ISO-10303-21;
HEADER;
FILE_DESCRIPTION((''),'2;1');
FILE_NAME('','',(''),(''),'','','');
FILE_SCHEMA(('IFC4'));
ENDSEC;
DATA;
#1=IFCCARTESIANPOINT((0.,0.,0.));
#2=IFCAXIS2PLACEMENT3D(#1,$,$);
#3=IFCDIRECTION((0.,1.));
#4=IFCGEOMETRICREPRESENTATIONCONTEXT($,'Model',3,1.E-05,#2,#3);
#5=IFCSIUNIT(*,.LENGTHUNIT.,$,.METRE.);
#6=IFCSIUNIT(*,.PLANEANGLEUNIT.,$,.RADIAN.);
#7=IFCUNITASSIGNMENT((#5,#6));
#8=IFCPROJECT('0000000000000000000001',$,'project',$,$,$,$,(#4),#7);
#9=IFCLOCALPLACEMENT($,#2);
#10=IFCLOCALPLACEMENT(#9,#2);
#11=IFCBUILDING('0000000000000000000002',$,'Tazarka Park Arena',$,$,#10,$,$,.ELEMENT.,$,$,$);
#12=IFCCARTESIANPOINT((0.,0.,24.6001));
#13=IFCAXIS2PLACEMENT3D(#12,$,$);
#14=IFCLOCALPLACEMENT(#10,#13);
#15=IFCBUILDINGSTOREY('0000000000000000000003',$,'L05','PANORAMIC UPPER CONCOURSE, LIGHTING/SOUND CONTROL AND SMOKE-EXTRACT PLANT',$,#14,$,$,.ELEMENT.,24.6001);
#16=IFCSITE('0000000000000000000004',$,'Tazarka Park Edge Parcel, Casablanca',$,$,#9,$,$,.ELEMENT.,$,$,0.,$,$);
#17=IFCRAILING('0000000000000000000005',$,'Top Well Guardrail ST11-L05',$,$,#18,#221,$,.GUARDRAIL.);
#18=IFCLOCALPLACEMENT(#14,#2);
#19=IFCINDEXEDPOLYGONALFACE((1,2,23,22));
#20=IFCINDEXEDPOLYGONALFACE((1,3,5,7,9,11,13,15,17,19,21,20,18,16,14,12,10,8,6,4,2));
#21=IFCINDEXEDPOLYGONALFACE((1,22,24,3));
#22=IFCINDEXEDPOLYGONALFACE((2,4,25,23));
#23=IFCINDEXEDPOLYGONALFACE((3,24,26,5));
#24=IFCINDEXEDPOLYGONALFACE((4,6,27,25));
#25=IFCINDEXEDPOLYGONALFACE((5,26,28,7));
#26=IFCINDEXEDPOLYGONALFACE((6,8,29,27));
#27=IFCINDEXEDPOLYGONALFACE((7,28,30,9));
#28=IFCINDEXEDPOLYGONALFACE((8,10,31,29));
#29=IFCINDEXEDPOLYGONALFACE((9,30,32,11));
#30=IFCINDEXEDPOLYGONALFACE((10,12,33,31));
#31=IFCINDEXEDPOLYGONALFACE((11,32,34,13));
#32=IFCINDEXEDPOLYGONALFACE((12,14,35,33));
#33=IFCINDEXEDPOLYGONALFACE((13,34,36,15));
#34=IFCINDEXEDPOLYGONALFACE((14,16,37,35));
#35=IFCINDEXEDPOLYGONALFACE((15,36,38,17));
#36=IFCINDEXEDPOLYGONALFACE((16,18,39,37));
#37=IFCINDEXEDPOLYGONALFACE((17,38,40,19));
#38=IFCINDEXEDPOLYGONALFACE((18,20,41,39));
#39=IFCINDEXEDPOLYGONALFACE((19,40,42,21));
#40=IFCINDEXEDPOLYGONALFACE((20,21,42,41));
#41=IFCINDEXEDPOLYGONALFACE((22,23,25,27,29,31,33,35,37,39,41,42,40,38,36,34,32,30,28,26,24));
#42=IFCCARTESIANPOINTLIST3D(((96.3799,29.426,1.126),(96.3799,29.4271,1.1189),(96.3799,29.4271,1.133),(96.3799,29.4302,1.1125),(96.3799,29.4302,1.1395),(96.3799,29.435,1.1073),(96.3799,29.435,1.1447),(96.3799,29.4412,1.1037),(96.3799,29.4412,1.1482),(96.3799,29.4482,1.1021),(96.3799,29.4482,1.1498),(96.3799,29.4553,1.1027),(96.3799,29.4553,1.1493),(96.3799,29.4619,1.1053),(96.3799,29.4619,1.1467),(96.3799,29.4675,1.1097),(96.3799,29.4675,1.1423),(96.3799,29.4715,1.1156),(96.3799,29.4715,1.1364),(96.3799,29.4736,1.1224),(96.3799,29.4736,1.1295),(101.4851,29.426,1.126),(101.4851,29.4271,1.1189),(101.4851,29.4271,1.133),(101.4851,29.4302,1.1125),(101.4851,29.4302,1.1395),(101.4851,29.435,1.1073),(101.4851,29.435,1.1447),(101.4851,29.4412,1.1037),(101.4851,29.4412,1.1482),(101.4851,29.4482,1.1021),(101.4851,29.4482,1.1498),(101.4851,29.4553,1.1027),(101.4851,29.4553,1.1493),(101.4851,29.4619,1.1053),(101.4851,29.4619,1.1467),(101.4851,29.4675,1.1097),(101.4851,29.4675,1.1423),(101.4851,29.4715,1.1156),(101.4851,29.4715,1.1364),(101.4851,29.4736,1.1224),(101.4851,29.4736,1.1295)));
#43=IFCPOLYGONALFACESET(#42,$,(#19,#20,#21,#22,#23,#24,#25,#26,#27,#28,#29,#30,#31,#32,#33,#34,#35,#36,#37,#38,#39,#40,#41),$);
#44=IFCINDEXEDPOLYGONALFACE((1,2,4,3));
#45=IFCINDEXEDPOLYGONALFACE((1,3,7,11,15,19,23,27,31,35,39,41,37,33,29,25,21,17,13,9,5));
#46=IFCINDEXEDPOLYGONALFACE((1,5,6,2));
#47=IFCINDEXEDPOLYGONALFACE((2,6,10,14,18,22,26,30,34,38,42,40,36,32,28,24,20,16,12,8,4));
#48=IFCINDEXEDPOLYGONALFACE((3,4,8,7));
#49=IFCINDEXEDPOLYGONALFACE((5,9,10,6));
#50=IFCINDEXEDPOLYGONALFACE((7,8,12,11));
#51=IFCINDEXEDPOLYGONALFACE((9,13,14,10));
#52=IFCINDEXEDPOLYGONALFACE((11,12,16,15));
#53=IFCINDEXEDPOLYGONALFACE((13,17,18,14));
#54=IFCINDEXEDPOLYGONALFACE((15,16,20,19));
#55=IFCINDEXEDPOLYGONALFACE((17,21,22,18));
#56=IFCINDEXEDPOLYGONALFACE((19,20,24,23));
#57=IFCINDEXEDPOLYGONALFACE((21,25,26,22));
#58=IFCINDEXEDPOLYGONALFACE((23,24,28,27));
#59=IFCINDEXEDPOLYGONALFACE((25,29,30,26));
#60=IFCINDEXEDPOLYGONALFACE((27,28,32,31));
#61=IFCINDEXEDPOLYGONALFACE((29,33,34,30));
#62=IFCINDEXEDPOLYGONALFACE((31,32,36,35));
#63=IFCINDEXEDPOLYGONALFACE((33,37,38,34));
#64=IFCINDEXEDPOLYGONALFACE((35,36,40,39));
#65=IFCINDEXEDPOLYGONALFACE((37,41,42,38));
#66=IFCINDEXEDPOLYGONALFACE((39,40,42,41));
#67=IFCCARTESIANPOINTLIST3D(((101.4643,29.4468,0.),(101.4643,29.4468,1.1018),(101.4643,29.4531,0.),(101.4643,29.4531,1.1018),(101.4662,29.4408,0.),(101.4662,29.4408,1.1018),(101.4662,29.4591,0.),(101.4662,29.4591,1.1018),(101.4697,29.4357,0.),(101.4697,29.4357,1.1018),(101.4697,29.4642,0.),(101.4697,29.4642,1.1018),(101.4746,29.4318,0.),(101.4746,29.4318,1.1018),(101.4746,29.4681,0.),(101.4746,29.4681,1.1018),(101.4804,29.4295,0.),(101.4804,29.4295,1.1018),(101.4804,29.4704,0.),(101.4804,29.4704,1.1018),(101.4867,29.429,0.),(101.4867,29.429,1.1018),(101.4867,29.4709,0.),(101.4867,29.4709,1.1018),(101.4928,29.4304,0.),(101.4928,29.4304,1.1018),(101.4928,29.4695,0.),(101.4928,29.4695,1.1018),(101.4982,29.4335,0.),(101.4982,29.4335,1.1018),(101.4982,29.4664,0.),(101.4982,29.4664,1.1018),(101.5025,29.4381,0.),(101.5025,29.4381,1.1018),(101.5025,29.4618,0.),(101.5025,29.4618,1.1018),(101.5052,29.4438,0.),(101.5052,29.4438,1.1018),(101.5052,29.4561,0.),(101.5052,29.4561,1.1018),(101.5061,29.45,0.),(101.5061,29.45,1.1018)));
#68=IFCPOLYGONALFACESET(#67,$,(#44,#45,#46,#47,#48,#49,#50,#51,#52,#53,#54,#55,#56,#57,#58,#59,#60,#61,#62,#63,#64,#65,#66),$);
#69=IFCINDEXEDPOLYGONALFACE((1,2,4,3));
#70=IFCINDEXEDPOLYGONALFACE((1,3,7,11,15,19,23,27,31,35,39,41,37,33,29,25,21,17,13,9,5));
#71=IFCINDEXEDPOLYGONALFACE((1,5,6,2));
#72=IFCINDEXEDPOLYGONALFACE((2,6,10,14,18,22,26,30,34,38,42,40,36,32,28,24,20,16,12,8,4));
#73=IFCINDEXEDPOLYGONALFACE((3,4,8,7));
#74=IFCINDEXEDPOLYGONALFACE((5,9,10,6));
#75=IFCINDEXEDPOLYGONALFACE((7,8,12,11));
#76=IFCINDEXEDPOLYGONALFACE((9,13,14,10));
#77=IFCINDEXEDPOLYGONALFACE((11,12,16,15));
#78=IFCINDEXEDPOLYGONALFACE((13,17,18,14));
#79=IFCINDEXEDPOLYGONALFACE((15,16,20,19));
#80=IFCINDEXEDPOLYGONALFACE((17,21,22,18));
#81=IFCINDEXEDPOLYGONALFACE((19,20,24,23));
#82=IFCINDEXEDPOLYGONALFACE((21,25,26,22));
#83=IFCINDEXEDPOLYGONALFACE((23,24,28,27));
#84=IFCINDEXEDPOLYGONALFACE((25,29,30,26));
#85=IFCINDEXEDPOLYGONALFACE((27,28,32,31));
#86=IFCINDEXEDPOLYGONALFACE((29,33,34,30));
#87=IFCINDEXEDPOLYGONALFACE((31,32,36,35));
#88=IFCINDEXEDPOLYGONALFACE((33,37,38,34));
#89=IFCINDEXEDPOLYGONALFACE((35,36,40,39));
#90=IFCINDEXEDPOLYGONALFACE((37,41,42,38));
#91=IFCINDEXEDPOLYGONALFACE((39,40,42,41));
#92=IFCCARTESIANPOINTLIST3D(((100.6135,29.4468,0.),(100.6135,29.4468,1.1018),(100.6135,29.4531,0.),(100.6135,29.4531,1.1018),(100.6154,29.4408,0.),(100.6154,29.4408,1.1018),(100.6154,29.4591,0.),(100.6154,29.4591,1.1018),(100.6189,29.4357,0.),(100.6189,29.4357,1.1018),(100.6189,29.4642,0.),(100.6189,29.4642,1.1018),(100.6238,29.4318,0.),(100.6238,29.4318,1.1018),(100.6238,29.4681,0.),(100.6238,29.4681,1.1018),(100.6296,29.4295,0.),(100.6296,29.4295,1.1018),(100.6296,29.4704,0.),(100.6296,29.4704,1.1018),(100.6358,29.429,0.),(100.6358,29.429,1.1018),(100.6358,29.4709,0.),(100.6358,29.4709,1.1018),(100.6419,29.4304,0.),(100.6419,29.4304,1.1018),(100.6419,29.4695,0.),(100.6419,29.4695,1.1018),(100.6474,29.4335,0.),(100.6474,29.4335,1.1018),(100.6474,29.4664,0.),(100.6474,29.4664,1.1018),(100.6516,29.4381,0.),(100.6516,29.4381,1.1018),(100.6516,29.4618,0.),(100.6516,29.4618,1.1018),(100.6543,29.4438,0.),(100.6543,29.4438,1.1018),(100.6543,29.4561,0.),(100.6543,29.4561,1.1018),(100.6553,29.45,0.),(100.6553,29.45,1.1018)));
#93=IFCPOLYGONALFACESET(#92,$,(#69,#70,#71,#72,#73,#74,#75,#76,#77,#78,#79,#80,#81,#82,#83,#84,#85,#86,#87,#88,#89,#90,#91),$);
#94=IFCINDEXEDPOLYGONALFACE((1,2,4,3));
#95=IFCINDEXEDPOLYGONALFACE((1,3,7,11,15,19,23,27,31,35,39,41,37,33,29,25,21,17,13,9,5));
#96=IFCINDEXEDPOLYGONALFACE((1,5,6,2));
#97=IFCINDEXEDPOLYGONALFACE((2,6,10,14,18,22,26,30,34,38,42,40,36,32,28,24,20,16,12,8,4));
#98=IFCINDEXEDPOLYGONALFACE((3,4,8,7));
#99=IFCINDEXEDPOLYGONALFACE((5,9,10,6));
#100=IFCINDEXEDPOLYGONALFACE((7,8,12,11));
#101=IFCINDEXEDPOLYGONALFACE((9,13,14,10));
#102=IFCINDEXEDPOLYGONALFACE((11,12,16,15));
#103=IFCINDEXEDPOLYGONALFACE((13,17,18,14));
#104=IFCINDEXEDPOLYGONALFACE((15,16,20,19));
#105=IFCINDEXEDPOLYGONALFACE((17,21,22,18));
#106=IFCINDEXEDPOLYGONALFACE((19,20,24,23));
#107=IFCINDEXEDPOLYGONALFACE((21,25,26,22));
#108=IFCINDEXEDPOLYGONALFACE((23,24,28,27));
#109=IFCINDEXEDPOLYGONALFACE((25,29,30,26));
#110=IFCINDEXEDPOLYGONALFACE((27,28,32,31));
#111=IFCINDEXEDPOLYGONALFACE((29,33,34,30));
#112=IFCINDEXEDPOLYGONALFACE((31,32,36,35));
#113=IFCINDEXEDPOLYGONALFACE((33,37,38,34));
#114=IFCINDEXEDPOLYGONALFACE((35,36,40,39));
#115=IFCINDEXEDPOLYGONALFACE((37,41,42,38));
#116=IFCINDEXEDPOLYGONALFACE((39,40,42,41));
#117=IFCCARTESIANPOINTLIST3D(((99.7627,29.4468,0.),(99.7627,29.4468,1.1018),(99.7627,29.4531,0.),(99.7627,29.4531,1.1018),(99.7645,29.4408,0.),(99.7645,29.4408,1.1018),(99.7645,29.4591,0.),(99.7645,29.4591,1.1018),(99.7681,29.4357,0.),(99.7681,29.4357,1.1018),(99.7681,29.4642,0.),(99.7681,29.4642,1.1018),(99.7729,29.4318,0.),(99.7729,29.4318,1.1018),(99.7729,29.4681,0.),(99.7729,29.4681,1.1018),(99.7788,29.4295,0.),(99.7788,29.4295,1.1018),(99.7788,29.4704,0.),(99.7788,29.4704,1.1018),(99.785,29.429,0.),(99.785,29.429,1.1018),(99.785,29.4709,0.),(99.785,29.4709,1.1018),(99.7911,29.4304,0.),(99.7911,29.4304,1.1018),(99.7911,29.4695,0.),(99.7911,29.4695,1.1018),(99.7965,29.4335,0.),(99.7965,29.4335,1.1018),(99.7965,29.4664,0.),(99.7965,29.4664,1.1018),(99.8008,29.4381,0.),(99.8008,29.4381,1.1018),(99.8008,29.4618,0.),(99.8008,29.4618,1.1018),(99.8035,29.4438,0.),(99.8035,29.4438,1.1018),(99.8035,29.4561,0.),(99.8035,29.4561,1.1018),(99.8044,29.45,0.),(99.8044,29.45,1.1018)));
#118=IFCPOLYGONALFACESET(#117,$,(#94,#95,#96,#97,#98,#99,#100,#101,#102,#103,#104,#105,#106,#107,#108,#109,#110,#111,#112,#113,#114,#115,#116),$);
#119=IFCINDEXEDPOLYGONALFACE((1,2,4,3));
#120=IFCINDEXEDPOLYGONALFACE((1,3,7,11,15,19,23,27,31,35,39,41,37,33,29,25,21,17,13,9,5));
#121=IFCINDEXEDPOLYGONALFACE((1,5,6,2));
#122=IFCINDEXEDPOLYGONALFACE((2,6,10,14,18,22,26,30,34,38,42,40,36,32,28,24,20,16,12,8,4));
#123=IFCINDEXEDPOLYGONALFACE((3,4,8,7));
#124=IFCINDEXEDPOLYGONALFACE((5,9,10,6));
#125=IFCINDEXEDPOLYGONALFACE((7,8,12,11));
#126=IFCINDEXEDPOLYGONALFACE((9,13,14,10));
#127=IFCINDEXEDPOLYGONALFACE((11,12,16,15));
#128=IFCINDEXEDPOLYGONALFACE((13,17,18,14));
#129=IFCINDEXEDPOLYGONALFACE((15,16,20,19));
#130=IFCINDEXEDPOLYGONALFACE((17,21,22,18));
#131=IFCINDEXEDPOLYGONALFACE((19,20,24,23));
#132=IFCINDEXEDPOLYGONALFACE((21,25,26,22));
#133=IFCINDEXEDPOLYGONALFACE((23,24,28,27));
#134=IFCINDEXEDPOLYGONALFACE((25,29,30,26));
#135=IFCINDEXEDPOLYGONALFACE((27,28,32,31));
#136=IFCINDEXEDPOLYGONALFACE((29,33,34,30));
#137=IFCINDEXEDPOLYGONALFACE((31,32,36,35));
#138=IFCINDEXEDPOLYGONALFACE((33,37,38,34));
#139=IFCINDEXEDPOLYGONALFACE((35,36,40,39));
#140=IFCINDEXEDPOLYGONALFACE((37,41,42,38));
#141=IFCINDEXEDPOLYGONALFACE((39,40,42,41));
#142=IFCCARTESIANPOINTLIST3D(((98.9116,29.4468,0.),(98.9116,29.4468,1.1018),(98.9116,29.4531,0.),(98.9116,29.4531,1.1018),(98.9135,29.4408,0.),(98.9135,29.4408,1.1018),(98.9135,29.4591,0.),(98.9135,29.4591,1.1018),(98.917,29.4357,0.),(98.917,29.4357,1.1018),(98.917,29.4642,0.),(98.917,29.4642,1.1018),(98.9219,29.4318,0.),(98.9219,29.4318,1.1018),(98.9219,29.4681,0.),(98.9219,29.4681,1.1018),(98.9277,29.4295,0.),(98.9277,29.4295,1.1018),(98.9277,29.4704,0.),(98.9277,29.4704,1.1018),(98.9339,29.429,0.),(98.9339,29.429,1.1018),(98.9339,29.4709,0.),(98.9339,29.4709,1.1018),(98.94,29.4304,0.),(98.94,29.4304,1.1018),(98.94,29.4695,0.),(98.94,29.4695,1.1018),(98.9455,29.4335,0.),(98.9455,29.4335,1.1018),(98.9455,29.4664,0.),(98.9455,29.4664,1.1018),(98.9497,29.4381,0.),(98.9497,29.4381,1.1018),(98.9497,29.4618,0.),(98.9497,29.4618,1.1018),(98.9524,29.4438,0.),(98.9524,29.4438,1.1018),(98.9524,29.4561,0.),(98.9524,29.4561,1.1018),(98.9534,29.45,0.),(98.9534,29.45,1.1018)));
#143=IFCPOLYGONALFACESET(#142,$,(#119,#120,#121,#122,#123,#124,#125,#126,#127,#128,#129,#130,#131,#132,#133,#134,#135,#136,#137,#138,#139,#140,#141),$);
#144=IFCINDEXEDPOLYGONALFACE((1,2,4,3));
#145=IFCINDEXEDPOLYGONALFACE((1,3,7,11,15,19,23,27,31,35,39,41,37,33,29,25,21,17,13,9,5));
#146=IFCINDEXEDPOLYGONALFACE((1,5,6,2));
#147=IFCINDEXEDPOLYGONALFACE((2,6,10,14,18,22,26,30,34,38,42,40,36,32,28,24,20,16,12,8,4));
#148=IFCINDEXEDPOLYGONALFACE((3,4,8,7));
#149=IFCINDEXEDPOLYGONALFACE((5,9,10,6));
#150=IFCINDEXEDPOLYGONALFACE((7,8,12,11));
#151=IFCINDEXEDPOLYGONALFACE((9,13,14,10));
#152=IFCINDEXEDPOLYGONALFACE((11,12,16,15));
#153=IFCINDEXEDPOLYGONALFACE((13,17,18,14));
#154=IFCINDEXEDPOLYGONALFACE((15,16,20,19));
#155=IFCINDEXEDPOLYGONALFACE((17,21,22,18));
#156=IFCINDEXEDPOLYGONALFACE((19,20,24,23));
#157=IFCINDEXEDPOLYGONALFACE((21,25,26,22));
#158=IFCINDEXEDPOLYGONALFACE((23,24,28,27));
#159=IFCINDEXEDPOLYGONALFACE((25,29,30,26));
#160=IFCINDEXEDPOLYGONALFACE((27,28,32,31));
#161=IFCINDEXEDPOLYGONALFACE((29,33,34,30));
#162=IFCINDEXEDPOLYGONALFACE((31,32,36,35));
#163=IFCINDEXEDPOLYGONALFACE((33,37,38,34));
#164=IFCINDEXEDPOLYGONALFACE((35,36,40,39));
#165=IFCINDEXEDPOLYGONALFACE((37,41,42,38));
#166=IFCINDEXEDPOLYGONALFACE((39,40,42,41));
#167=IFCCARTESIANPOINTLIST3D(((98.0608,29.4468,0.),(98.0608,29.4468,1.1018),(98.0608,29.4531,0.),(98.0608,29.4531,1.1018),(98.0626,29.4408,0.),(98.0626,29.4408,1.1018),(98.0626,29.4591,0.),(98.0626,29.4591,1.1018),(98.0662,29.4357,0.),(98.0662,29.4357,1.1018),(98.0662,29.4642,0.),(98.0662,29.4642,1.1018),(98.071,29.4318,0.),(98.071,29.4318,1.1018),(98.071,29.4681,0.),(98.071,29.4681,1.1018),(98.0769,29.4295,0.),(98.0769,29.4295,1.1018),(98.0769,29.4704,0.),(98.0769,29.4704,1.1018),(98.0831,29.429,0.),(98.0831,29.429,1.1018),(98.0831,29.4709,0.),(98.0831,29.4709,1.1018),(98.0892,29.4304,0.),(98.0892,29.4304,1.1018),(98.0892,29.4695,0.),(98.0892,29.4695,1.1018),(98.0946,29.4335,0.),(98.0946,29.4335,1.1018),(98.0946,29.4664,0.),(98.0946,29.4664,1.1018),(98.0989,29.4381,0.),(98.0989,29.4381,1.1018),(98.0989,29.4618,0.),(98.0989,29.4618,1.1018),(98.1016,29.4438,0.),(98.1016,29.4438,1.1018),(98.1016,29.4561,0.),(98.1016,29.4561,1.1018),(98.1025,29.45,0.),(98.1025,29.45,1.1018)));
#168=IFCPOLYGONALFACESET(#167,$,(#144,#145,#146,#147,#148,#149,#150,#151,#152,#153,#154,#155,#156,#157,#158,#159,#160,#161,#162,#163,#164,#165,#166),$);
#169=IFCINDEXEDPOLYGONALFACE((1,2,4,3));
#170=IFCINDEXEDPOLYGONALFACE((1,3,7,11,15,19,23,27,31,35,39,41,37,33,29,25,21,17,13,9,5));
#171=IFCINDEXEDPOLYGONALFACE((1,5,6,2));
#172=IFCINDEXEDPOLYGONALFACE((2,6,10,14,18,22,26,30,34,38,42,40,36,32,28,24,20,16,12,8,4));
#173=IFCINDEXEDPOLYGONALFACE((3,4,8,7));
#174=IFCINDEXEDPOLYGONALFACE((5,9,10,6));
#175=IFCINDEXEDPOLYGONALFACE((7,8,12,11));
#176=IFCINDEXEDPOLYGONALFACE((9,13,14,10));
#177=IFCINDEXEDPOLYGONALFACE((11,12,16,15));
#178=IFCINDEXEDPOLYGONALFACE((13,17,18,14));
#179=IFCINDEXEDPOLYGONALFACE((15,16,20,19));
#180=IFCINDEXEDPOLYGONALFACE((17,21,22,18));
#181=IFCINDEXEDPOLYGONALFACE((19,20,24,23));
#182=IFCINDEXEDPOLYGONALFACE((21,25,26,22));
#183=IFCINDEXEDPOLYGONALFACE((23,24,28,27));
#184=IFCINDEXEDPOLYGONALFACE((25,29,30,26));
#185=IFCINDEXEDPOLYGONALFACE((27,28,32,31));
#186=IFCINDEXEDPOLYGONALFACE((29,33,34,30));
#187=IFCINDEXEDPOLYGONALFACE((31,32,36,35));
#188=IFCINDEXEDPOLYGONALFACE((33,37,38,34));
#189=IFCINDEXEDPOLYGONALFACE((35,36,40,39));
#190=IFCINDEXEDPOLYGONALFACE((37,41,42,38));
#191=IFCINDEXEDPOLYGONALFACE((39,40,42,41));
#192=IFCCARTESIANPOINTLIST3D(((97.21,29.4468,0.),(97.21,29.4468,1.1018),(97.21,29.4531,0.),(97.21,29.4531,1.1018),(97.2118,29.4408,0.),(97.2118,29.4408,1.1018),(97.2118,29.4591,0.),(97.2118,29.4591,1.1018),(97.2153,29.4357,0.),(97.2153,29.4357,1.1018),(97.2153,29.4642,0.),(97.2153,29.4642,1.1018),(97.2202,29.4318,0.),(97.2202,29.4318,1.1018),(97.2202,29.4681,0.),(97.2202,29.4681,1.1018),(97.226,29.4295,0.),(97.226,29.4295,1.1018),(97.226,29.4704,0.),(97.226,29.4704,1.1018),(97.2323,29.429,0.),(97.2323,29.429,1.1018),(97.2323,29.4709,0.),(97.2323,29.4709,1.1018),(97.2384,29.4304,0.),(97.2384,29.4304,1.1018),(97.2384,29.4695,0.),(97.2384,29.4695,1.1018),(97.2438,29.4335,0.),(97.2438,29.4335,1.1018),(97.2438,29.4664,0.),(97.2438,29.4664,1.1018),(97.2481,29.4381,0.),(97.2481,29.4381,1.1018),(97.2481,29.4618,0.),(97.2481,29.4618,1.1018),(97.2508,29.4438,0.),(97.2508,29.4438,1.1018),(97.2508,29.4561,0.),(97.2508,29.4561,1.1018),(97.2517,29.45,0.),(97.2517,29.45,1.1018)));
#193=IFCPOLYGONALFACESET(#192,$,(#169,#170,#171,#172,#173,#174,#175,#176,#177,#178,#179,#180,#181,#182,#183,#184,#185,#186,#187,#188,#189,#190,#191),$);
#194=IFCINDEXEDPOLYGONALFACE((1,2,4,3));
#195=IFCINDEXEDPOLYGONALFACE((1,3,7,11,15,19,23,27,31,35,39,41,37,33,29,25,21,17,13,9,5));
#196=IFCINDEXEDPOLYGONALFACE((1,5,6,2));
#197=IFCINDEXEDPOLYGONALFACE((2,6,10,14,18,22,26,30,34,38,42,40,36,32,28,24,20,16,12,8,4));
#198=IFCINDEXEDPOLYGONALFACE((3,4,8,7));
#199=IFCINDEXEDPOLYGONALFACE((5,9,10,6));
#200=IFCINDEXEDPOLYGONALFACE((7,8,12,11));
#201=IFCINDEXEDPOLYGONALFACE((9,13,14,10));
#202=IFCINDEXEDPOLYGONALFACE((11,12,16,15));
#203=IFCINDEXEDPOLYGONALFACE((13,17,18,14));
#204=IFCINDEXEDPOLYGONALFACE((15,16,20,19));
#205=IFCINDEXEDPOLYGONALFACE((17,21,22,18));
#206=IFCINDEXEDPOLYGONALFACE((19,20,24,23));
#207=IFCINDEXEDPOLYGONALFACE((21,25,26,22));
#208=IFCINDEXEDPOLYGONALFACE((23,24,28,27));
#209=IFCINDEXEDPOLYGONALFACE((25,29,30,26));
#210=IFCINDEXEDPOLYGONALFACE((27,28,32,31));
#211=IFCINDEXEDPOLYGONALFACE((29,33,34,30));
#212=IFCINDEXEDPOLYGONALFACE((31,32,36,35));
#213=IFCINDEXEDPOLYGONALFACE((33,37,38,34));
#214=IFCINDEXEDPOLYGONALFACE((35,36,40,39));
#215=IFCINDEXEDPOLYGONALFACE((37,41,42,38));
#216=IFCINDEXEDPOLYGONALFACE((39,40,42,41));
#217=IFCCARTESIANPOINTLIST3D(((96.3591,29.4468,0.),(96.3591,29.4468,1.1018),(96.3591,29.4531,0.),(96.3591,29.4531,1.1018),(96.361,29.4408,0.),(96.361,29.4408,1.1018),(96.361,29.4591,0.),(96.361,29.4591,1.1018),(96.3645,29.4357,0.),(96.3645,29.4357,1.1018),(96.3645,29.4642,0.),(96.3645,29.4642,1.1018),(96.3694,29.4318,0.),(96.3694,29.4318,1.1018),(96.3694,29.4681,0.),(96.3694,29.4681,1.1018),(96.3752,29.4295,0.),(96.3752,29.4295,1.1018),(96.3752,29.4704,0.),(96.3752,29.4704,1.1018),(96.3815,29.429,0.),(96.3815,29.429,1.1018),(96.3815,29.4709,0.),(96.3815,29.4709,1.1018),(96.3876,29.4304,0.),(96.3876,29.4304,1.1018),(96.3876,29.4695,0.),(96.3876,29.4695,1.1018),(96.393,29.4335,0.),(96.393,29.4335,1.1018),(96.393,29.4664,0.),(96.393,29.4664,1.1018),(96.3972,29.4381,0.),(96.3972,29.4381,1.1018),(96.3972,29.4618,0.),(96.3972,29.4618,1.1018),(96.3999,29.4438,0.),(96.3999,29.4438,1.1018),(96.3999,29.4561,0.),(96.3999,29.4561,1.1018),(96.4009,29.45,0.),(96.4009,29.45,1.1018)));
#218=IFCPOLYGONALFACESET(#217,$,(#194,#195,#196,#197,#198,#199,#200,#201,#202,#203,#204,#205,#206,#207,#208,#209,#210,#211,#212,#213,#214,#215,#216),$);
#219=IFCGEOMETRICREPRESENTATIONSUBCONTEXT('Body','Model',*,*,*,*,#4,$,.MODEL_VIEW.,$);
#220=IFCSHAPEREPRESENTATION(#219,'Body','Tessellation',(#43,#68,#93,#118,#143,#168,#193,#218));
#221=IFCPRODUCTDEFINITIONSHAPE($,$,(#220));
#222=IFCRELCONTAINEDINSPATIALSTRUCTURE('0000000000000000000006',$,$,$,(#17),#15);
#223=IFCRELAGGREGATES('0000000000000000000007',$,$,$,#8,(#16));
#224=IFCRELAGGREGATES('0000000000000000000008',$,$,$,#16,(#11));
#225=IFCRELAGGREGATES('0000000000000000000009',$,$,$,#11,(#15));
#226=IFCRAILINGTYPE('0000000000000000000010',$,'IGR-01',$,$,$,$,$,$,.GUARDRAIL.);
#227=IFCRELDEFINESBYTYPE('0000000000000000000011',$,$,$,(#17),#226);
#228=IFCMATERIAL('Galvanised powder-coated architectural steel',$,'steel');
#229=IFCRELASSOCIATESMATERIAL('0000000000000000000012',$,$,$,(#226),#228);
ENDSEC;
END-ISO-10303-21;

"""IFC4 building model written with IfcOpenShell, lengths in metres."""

from ifc_helpers import new_model, si_unit, direction, frame, origin, origin_2d, place, context, subcontext, project, spatial, circle, extrude, material, type_object, element, save


model = new_model("IFC4")

# Units and contexts
model_context = context("Model", 3, precision=1e-05, world=origin(), true_north=direction((0.0, 1.0)))
body_context = subcontext(model_context, "Body", "Model", "MODEL_VIEW")
ifc_project = project(units=[si_unit("LENGTHUNIT", "METRE"), si_unit("PLANEANGLEUNIT", "RADIAN")], contexts=[model_context])

# Site, building, storey
site_placement = place(None, origin())
site = spatial("IfcSite", under=ifc_project, at=site_placement, Name="Tazarka Park Edge Parcel, Casablanca", CompositionType="ELEMENT", RefElevation=0.0)
building_placement = place(site_placement, origin())
building = spatial("IfcBuilding", under=site, at=building_placement, Name="Tazarka Park Arena", CompositionType="ELEMENT")
storey_placement = place(building_placement, frame((0.0, 0.0, 24.6001)))
storey = spatial("IfcBuildingStorey", under=building, at=storey_placement, Name="L05", Description="PANORAMIC UPPER CONCOURSE, LIGHTING/SOUND CONTROL AND SMOKE-EXTRACT PLANT", CompositionType="ELEMENT", Elevation=24.6001)

# Railing
ifc_material_1 = material(Name="Galvanised powder-coated architectural steel", Category="steel")
railing_type = type_object("IfcRailingType", Name="IGR-01", PredefinedType="GUARDRAIL", material=ifc_material_1)
railing_1_placement = place(storey_placement, frame((101.4851, 29.45, 0.0)))
element("IfcRailing", 1, at=railing_1_placement, inside=storey, type_object=railing_type, Name="Top Well Guardrail ST11-L05", PredefinedType="GUARDRAIL", context=body_context, shape_type="SweptSolid", body=[
    extrude(circle(Radius=0.0239, at=origin_2d()), frame((0.0, 0.0, 1.126), z_axis=(-1.0, 0.0, 0.0), x_axis=(0.0, -1.0, 0.0)), (0.0, 0.0, 1.0), 5.1052),
    extrude(circle(Radius=0.021, at=origin_2d()), origin(), (0.0, 0.0, 1.0), 1.1018),
    extrude(circle(Radius=0.021, at=origin_2d()), frame((-0.8508, 0.0, 0.0)), (0.0, 0.0, 1.0), 1.1018),
    extrude(circle(Radius=0.021, at=origin_2d()), frame((-1.7017, 0.0, 0.0)), (0.0, 0.0, 1.0), 1.1018),
    extrude(circle(Radius=0.021, at=origin_2d()), frame((-2.5527, 0.0, 0.0)), (0.0, 0.0, 1.0), 1.1018),
    extrude(circle(Radius=0.021, at=origin_2d()), frame((-3.4036, 0.0, 0.0)), (0.0, 0.0, 1.0), 1.1018),
    extrude(circle(Radius=0.021, at=origin_2d()), frame((-4.2544, 0.0, 0.0)), (0.0, 0.0, 1.0), 1.1018),
    extrude(circle(Radius=0.021, at=origin_2d()), frame((-5.1052, 0.0, 0.0)), (0.0, 0.0, 1.0), 1.1018),
])

save(model, "model.ifc")
